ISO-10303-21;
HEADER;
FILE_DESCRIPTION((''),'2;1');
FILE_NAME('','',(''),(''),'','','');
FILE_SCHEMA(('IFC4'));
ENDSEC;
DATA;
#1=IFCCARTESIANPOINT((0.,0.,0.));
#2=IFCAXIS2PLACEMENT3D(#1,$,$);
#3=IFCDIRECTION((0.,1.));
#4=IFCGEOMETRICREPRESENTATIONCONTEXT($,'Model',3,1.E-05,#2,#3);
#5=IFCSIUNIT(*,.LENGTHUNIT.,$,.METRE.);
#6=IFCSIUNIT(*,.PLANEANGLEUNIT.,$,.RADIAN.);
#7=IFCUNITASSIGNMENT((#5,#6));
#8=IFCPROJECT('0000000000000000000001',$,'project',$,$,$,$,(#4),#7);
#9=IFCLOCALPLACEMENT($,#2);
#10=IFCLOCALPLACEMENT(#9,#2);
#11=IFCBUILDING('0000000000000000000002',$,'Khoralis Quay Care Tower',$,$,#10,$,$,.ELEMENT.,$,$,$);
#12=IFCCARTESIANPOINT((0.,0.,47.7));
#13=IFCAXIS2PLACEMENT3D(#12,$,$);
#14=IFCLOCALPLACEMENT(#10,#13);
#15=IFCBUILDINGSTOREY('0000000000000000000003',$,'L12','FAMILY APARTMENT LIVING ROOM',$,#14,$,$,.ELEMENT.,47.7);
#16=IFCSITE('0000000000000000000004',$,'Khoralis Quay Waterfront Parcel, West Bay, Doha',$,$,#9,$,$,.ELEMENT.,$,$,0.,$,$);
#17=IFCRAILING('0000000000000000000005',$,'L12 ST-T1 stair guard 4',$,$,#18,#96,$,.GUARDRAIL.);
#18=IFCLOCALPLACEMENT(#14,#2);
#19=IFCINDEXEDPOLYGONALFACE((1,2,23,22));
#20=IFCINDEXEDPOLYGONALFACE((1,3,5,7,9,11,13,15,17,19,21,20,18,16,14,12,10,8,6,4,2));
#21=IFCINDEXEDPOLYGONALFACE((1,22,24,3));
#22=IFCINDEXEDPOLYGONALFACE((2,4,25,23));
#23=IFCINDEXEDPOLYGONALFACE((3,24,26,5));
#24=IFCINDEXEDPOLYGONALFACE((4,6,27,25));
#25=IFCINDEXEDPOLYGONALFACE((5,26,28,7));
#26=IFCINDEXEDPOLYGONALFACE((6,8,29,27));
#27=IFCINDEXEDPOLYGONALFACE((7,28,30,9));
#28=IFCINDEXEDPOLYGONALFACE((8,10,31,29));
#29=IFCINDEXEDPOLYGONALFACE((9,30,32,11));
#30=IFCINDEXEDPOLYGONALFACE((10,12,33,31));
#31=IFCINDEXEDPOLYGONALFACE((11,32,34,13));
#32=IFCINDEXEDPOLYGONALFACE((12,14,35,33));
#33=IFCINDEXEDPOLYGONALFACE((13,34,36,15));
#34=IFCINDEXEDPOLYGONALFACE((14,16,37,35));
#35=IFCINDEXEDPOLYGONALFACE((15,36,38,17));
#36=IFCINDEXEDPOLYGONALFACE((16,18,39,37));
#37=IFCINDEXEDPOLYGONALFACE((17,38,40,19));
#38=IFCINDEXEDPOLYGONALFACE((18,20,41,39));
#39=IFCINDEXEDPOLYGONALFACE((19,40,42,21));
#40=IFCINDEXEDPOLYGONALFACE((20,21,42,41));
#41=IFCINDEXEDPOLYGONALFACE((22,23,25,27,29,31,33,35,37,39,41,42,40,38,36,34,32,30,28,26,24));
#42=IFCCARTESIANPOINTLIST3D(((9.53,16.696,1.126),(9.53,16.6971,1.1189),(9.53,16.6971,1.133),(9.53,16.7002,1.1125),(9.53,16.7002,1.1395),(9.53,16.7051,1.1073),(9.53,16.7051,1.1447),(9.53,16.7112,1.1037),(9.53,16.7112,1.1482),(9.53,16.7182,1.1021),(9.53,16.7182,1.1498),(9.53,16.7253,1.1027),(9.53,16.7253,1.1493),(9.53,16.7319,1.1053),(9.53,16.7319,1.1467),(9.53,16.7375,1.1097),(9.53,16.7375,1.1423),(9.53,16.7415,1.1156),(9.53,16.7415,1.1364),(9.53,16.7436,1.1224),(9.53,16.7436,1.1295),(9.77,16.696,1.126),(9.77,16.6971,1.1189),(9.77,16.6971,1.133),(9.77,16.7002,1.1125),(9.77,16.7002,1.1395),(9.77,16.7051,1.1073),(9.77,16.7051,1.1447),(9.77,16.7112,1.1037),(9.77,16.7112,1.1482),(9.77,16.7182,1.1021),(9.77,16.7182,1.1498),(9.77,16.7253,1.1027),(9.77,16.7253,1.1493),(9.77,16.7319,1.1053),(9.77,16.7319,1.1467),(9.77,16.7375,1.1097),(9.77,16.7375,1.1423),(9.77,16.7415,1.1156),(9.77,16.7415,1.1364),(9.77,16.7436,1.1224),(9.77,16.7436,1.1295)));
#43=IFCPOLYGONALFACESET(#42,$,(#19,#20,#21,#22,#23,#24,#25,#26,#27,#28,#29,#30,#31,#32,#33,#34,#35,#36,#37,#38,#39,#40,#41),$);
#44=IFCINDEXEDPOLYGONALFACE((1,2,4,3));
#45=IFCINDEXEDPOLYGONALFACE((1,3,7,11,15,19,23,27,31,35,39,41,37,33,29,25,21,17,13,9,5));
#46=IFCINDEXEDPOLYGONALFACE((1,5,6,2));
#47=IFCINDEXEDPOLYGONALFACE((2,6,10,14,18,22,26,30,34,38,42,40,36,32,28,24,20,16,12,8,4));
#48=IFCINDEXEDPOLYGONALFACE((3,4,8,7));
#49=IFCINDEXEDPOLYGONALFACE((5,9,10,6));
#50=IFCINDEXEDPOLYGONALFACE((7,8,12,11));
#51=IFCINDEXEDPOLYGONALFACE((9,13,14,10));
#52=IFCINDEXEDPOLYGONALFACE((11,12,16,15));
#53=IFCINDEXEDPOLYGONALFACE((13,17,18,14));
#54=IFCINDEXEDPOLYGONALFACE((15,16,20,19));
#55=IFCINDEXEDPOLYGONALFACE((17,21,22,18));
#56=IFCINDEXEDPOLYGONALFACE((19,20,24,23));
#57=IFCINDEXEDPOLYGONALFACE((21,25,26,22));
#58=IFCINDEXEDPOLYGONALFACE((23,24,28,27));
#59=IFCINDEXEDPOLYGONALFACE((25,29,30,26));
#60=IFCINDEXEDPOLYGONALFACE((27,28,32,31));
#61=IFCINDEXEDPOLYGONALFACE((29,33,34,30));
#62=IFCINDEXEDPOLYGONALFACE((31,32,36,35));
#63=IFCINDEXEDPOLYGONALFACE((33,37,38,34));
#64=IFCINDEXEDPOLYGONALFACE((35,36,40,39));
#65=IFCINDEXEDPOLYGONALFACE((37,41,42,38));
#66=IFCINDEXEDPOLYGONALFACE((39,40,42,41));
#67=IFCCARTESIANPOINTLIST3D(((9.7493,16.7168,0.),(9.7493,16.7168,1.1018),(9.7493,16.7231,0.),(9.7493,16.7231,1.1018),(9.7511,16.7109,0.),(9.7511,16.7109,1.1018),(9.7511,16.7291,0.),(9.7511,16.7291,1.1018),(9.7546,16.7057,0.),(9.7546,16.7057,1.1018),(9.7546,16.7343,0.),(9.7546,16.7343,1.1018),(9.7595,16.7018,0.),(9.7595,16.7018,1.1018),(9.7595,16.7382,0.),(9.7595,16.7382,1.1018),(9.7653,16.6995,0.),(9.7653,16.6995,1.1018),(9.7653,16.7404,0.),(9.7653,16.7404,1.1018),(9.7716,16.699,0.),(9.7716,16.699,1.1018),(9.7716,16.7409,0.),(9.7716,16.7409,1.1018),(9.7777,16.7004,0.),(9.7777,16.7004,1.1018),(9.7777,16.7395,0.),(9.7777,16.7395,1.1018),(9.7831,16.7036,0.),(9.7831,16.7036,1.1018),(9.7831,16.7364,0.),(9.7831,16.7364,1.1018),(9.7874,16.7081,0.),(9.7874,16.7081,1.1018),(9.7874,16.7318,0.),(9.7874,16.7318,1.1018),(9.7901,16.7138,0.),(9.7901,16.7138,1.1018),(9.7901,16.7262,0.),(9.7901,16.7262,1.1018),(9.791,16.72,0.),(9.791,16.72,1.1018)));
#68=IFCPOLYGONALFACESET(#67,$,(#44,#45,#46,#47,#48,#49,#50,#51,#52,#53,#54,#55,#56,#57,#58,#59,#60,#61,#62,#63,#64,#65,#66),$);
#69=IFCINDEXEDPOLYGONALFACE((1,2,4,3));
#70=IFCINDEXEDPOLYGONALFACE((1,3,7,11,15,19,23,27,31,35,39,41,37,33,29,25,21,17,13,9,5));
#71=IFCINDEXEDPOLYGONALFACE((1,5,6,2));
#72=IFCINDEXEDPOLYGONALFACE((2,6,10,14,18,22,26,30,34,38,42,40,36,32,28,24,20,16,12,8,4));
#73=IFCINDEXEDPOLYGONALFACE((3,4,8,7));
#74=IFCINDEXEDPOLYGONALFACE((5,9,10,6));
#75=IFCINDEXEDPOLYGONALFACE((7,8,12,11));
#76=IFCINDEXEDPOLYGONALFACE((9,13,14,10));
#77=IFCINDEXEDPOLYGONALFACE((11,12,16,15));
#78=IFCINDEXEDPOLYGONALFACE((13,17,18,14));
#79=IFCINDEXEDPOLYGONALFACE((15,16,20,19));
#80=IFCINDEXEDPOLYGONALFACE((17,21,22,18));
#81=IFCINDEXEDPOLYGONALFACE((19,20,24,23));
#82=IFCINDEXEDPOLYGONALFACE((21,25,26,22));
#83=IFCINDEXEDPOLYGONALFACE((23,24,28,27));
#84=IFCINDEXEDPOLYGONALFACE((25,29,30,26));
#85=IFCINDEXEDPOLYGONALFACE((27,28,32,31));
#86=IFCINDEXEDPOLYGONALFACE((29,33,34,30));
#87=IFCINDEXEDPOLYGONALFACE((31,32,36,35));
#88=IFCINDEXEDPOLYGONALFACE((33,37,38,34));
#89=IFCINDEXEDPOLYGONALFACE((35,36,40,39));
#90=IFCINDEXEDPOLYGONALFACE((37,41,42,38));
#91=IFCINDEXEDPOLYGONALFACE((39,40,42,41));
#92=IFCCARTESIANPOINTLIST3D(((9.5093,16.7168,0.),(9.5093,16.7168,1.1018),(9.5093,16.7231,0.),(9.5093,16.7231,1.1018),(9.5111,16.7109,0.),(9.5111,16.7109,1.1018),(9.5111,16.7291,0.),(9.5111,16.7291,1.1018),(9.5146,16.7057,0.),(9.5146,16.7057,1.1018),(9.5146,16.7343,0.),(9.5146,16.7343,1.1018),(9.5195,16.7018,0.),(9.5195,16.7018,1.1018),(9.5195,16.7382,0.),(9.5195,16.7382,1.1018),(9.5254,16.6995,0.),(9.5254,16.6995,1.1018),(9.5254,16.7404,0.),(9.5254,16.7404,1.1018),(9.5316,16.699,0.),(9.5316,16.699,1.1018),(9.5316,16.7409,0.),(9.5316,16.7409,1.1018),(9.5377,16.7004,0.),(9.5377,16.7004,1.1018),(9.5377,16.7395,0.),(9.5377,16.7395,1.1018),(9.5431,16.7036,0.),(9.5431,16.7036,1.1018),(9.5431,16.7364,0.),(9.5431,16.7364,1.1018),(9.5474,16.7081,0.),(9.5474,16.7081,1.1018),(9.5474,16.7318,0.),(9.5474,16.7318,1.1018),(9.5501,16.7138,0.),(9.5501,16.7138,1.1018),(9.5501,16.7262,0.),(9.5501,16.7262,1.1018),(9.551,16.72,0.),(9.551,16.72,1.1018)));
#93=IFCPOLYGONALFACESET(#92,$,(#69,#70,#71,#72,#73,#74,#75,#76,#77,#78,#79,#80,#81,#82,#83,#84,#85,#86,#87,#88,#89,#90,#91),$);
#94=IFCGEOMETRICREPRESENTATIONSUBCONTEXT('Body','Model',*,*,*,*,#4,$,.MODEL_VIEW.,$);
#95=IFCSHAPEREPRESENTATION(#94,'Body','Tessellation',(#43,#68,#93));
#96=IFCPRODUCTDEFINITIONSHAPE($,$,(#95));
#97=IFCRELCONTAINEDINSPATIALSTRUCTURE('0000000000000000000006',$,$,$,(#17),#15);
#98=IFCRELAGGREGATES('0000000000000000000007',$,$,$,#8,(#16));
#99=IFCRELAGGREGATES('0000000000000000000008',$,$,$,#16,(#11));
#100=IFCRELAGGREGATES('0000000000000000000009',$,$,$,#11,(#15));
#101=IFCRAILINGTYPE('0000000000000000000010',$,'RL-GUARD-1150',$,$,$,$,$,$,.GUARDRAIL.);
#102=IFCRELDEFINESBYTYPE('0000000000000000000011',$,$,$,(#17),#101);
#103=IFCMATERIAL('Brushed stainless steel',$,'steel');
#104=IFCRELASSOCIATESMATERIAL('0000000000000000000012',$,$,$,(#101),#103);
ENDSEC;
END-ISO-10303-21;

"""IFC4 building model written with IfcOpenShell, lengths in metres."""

from ifc_helpers import new_model, si_unit, direction, frame, origin, origin_2d, place, context, subcontext, project, spatial, circle, extrude, material, type_object, element, save


model = new_model("IFC4")

# Units and contexts
model_context = context("Model", 3, precision=1e-05, world=origin(), true_north=direction((0.0, 1.0)))
body_context = subcontext(model_context, "Body", "Model", "MODEL_VIEW")
ifc_project = project(units=[si_unit("LENGTHUNIT", "METRE"), si_unit("PLANEANGLEUNIT", "RADIAN")], contexts=[model_context])

# Site, building, storey
site_placement = place(None, origin())
site = spatial("IfcSite", under=ifc_project, at=site_placement, Name="Khoralis Quay Waterfront Parcel, West Bay, Doha", CompositionType="ELEMENT", RefElevation=0.0)
building_placement = place(site_placement, origin())
building = spatial("IfcBuilding", under=site, at=building_placement, Name="Khoralis Quay Care Tower", CompositionType="ELEMENT")
storey_placement = place(building_placement, frame((0.0, 0.0, 47.7)))
storey = spatial("IfcBuildingStorey", under=building, at=storey_placement, Name="L12", Description="FAMILY APARTMENT LIVING ROOM", CompositionType="ELEMENT", Elevation=47.7)

# Shared definitions
ifc_material_1 = material(Name="Brushed stainless steel", Category="steel")

# Railing
railing_type_1 = type_object("IfcRailingType", Name="RL-GUARD-1150", PredefinedType="GUARDRAIL", material=ifc_material_1)
railing_1_placement = place(storey_placement, frame((9.77, 16.72, 0.0)))
element("IfcRailing", 1, at=railing_1_placement, inside=storey, type_object=railing_type_1, Name="L12 ST-T1 stair guard 4", PredefinedType="GUARDRAIL", context=body_context, shape_type="SweptSolid", body=[
    extrude(circle(Radius=0.0239, at=origin_2d()), frame((0.0, 0.0, 1.126), z_axis=(-1.0, 0.0, 0.0), x_axis=(0.0, -1.0, 0.0)), (0.0, 0.0, 1.0), 0.24),
    extrude(circle(Radius=0.021, at=origin_2d()), origin(), (0.0, 0.0, 1.0), 1.1018),
    extrude(circle(Radius=0.021, at=origin_2d()), frame((-0.24, 0.0, 0.0)), (0.0, 0.0, 1.0), 1.1018),
])

save(model, "model.ifc")
